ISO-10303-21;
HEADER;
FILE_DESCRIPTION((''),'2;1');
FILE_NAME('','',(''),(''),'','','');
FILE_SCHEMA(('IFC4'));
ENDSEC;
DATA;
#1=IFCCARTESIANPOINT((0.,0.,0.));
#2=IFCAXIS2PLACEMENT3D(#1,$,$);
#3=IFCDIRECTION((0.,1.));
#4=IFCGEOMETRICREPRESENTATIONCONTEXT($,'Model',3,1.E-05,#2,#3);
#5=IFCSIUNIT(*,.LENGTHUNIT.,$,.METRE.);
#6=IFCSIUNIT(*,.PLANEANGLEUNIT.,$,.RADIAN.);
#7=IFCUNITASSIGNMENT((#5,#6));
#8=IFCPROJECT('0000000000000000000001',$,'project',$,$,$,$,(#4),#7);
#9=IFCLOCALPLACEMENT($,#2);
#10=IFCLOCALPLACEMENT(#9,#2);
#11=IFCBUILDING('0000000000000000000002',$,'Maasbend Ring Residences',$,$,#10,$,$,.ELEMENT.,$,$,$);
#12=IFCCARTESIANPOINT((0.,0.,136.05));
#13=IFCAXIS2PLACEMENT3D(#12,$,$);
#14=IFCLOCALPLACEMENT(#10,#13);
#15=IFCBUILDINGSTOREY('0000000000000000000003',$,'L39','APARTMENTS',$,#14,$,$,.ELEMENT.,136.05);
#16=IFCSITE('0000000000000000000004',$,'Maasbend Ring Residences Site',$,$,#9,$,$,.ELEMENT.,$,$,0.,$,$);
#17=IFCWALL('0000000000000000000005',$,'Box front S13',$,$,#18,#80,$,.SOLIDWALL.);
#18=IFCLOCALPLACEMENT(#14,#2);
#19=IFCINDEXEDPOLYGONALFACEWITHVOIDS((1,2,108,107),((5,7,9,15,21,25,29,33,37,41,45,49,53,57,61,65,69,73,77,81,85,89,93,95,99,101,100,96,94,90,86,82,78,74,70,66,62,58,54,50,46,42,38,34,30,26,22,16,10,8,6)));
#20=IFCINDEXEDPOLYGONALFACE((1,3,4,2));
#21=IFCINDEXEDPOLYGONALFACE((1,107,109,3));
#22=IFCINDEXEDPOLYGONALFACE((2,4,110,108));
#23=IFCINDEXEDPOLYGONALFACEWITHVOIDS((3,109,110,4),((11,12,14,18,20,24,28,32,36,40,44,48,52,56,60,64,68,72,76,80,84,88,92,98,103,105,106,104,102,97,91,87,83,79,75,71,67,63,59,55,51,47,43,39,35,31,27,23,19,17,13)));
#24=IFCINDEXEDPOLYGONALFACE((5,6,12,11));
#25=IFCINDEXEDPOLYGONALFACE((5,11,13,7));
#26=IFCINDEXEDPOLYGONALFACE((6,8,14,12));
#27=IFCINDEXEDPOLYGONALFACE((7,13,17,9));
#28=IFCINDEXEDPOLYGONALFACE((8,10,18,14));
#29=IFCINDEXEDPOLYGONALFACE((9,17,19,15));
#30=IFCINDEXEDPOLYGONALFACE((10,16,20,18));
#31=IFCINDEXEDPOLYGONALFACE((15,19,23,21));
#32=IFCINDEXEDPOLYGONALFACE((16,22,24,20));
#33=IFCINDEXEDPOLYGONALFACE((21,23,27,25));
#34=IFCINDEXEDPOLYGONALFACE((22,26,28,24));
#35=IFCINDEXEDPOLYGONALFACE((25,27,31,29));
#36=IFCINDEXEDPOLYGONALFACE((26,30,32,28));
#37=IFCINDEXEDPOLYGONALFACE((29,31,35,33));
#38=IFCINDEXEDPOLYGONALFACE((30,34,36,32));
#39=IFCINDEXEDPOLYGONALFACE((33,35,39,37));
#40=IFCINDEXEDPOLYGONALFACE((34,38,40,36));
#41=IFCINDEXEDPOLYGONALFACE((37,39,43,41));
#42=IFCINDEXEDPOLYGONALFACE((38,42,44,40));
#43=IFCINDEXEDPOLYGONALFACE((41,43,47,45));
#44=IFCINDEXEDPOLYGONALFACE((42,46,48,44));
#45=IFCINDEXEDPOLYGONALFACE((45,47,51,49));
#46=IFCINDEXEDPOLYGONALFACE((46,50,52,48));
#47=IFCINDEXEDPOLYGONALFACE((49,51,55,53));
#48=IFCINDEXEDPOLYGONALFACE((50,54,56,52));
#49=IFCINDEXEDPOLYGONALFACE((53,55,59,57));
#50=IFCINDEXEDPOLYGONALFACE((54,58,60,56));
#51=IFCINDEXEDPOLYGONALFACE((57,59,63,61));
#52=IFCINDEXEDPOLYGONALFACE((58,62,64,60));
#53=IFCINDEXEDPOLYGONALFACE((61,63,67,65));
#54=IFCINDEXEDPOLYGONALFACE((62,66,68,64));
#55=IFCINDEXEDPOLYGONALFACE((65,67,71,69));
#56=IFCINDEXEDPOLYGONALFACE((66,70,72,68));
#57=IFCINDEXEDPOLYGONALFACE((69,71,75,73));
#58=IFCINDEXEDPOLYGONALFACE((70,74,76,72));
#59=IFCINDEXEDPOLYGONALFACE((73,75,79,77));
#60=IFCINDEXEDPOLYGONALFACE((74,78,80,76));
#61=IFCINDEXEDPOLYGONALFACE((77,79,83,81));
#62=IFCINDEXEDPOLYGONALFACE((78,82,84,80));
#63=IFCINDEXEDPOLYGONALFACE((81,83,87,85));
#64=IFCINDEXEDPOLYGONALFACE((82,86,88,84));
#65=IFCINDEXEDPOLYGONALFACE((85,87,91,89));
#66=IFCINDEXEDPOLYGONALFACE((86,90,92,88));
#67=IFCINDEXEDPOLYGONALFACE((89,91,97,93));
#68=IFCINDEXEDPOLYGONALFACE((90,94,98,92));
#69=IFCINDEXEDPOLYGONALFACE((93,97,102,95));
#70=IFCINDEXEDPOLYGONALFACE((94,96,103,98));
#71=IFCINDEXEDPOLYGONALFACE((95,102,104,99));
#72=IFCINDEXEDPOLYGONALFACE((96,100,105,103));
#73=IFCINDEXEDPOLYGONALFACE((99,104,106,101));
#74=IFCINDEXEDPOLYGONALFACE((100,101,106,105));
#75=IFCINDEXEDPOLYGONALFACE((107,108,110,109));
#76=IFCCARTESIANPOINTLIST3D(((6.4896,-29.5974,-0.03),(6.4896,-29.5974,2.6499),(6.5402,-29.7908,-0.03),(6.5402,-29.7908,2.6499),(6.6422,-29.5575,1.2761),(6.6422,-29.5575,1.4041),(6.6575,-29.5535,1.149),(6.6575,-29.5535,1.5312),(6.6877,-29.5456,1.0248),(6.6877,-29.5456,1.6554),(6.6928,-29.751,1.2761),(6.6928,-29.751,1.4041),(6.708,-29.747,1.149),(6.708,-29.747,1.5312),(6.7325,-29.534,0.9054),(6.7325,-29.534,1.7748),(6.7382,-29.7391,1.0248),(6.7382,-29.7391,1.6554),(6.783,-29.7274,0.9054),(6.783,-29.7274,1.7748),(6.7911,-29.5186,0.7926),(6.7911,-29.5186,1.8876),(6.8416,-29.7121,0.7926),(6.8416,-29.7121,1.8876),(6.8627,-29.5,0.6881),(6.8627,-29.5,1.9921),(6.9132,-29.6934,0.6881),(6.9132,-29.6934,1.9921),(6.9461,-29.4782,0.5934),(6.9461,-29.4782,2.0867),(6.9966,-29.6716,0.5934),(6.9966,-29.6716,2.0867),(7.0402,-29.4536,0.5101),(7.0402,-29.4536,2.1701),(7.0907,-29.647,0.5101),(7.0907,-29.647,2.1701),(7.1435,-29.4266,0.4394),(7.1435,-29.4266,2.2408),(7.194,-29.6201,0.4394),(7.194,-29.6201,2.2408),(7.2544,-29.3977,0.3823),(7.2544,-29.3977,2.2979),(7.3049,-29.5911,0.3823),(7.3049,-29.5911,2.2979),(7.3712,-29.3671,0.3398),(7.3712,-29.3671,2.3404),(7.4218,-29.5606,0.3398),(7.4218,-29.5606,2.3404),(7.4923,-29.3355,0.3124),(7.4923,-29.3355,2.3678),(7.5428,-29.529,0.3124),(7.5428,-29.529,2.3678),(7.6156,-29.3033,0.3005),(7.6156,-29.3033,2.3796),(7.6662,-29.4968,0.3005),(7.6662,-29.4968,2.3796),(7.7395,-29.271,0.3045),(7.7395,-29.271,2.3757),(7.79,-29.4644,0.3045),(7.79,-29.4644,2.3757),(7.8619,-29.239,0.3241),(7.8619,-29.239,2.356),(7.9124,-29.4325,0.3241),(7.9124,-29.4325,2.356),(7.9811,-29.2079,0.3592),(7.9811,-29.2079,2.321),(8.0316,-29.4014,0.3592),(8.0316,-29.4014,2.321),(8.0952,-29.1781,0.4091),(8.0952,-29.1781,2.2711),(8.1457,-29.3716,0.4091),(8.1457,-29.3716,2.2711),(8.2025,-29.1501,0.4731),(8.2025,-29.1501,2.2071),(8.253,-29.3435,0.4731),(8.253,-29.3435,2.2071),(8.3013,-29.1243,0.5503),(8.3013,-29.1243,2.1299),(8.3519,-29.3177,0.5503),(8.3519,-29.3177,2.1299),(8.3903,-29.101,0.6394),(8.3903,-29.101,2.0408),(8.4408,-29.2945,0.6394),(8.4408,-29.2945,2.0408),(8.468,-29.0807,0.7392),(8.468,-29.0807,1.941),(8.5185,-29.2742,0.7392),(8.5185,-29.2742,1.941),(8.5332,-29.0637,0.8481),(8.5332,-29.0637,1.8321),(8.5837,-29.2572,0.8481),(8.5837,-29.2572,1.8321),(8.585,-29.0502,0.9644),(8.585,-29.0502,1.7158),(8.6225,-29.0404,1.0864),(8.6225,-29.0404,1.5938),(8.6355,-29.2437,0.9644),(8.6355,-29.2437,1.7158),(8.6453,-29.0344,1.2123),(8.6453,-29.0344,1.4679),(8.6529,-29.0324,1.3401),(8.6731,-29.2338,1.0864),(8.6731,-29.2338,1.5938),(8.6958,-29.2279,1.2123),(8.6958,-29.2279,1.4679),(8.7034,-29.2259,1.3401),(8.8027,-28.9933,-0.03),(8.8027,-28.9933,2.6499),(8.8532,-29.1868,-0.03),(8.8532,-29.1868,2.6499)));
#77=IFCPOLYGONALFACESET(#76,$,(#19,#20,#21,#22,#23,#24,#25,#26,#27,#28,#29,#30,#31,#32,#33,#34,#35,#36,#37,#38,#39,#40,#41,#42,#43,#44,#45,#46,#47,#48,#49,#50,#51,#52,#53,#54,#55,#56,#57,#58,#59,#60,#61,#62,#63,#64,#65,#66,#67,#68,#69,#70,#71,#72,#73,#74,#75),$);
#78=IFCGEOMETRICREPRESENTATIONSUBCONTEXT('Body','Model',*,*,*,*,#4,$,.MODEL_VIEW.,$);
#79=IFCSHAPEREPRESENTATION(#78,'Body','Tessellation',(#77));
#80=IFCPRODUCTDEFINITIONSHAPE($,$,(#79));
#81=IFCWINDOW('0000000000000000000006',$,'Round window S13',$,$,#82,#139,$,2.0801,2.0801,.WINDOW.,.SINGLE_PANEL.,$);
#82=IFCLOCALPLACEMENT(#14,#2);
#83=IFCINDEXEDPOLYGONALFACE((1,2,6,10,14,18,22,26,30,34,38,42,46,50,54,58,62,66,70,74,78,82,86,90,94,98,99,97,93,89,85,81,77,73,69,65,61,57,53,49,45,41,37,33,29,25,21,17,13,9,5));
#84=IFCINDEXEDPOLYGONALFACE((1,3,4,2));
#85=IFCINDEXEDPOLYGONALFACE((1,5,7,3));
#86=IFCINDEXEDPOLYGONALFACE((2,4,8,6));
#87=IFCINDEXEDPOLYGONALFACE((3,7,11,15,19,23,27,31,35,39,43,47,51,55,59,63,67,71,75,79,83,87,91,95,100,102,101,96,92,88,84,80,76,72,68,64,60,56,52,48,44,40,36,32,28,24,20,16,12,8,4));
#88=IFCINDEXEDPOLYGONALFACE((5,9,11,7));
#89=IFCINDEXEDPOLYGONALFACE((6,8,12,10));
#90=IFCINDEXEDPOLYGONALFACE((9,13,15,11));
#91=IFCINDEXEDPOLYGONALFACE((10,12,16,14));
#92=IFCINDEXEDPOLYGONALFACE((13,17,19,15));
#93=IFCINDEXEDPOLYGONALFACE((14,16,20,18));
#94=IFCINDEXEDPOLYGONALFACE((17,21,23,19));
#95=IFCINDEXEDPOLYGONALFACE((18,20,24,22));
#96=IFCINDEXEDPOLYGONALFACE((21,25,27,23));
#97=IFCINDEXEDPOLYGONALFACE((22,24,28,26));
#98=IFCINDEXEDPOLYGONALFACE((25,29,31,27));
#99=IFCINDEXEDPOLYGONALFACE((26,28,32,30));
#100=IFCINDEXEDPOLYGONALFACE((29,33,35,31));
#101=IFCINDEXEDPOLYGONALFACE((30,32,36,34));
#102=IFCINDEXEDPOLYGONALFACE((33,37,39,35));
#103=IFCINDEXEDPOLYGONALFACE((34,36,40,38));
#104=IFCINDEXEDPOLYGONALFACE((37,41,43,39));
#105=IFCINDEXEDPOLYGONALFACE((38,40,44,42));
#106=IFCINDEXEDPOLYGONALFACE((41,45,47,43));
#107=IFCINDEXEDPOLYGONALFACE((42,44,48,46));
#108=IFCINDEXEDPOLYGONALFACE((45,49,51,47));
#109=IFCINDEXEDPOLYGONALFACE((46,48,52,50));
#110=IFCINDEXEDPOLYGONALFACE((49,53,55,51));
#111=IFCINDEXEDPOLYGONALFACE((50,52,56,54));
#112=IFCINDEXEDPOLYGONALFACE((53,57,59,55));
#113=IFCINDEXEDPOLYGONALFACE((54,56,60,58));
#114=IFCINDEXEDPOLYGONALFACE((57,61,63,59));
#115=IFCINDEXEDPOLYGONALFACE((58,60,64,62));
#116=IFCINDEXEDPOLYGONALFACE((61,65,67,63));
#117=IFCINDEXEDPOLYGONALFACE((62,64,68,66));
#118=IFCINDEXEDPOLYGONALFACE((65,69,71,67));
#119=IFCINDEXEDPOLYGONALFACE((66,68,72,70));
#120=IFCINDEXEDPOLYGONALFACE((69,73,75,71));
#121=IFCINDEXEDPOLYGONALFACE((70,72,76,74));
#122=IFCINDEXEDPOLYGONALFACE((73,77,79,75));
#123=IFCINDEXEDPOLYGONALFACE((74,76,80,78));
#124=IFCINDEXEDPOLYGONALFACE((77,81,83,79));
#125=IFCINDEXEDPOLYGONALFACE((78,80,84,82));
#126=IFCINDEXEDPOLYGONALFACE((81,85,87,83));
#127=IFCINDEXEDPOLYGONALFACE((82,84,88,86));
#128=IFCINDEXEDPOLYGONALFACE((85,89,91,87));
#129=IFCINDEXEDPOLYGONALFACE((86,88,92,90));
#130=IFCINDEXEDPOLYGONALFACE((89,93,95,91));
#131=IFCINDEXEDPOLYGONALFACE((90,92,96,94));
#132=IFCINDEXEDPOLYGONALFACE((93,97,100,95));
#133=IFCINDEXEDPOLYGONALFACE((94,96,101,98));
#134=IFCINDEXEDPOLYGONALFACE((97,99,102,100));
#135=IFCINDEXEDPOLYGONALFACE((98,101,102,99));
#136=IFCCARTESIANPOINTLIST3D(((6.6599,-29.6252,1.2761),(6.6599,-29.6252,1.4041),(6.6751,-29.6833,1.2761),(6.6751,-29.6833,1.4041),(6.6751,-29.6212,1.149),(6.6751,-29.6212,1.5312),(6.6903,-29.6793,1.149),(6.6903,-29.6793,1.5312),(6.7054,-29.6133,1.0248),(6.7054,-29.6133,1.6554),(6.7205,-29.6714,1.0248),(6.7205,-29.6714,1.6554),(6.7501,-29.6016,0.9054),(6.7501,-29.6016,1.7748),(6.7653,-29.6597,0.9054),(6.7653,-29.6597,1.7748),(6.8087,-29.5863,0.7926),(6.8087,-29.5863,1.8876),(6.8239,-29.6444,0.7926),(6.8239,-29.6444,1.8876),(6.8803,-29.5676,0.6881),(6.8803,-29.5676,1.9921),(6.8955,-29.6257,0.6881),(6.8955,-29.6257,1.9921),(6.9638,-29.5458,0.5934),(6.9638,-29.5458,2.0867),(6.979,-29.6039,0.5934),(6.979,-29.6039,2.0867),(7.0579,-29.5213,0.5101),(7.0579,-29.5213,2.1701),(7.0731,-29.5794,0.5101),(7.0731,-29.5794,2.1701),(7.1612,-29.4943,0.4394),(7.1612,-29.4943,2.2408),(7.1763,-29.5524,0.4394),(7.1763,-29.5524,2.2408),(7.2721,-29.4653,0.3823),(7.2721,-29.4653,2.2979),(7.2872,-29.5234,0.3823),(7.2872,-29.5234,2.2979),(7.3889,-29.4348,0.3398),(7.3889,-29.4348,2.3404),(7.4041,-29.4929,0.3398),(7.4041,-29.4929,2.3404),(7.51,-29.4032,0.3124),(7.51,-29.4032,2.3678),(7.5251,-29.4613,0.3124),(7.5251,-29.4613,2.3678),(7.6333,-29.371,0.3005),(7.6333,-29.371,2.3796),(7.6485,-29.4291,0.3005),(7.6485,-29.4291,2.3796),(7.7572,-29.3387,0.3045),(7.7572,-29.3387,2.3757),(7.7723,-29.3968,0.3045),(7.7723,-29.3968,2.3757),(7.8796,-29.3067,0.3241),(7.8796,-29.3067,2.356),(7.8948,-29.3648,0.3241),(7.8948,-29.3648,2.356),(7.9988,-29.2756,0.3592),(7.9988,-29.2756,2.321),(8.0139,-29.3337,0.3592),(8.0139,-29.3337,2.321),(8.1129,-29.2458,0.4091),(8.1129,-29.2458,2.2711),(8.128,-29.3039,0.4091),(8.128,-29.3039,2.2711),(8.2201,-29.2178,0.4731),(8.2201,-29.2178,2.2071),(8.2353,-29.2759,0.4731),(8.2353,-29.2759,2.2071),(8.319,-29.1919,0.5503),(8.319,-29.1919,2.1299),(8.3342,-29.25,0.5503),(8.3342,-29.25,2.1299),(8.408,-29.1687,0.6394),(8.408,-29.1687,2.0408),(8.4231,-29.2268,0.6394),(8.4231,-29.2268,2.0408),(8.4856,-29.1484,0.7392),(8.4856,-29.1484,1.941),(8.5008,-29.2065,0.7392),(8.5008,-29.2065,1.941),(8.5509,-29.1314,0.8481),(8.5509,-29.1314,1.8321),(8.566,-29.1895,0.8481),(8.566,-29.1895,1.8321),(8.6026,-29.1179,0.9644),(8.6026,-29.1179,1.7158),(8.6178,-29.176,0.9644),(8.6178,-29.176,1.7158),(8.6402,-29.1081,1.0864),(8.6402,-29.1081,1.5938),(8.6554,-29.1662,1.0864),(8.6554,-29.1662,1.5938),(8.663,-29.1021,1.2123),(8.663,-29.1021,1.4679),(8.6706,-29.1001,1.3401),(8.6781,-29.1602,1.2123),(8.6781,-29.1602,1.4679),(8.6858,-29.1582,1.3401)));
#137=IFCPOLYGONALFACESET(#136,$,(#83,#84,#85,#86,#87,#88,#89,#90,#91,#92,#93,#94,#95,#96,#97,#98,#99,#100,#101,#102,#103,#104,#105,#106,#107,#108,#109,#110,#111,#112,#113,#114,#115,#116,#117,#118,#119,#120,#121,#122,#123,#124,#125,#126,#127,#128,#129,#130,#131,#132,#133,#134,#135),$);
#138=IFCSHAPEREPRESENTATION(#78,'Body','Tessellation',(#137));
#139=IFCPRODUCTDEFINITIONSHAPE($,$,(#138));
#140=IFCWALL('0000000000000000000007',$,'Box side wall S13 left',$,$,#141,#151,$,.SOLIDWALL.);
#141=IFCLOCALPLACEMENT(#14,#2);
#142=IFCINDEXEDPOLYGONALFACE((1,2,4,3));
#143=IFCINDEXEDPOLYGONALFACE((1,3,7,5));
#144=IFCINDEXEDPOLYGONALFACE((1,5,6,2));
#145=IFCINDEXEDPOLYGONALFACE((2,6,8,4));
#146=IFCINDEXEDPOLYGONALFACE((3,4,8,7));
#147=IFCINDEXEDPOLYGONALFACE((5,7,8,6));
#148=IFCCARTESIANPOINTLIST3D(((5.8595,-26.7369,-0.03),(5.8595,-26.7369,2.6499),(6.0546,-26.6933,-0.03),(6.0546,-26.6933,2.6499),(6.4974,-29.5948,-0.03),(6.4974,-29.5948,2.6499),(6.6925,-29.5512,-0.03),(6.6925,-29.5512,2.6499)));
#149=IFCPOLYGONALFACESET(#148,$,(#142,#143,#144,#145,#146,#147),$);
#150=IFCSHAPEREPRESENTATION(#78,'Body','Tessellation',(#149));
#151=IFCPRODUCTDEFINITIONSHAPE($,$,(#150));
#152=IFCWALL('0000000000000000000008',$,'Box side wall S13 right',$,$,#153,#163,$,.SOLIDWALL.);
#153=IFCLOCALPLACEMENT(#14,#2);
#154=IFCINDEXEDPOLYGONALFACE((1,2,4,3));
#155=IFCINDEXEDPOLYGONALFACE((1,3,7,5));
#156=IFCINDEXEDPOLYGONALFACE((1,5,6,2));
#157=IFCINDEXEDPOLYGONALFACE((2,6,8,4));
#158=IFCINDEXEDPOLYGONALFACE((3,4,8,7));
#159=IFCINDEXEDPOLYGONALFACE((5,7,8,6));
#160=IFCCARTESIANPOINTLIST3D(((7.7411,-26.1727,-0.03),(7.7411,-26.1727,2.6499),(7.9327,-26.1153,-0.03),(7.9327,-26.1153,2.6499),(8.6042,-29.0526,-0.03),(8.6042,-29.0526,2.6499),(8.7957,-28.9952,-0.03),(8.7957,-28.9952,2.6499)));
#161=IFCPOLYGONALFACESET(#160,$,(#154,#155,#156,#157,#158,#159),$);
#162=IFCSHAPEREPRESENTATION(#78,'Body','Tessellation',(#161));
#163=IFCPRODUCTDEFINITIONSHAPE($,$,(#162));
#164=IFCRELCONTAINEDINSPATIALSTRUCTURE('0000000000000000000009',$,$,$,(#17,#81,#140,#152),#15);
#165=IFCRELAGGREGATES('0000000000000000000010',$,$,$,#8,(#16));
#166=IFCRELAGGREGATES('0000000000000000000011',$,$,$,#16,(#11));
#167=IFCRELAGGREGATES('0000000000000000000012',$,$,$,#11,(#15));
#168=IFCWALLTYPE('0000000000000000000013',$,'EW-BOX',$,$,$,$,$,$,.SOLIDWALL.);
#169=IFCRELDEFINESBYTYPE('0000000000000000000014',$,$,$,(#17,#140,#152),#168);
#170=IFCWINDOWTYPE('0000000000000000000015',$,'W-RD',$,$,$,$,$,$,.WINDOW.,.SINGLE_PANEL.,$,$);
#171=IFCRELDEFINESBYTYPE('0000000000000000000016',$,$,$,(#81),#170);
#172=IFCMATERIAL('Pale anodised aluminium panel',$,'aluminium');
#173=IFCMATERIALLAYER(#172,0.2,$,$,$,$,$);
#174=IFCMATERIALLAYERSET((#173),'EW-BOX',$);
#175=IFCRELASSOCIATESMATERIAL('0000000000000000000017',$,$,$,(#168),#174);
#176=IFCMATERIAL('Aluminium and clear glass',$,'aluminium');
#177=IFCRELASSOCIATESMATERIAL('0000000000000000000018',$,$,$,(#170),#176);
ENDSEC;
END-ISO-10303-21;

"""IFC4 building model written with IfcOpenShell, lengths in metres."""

from ifc_helpers import new_model, si_unit, direction, frame, frame_2d, origin, place, context, subcontext, project, spatial, rectangle, circle, extrude, material, layer, layer_set, type_object, element, fill, save


model = new_model("IFC4")

# Units and contexts
model_context = context("Model", 3, precision=1e-05, world=origin(), true_north=direction((0.0, 1.0)))
body_context = subcontext(model_context, "Body", "Model", "MODEL_VIEW")
ifc_project = project(units=[si_unit("LENGTHUNIT", "METRE"), si_unit("PLANEANGLEUNIT", "RADIAN")], contexts=[model_context])

# Site, building, storey
site_placement = place(None, origin())
site = spatial("IfcSite", under=ifc_project, at=site_placement, Name="Maasbend Ring Residences Site", CompositionType="ELEMENT", RefElevation=0.0)
building_placement = place(site_placement, origin())
building = spatial("IfcBuilding", under=site, at=building_placement, Name="Maasbend Ring Residences", CompositionType="ELEMENT")
storey_placement = place(building_placement, frame((0.0, 0.0, 136.05)))
storey = spatial("IfcBuildingStorey", under=building, at=storey_placement, Name="L39", Description="APARTMENTS", CompositionType="ELEMENT", Elevation=136.05)

# Shared definitions
ifc_material_1 = material(Name="Pale anodised aluminium panel", Category="aluminium")
ifc_layer_1 = layer(ifc_material_1, 0.2)
ifc_layer_set_1 = layer_set([ifc_layer_1], Name="EW-BOX")
wall_type_1 = type_object("IfcWallType", Name="EW-BOX", PredefinedType="SOLIDWALL", material=ifc_layer_set_1)

# Wall, opening, window
wall_1_placement = place(storey_placement, frame((6.5149, -29.6941, -0.03), z_axis=(0.0, 0.0, 1.0), x_axis=(0.967554, 0.252663, 0.0)))
wall_1 = element("IfcWall", 1, at=wall_1_placement, inside=storey, type_object=wall_type_1, Name="Box front S13", PredefinedType="SOLIDWALL", context=body_context, shape_type="SweptSolid", body=[
    extrude(rectangle(XDim=2.3906, YDim=0.2, at=frame_2d((1.1953, 0.0))), origin(), (0.0, 0.0, 1.0), 2.6799),
])
opening_1_placement = place(wall_1_placement, frame((0.1558, 0.0, 0.3301)))
opening_1 = element("IfcOpeningElement", 2, at=opening_1_placement, cuts=wall_1, PredefinedType="OPENING", context=body_context, shape_type="SweptSolid", body=[
    extrude(circle(Radius=1.04, at=frame_2d((1.04, 1.04))), frame((0.0, 0.1099, 0.0), z_axis=(0.0, -1.0, 0.0), x_axis=(1.0, 0.0, 0.0)), (0.0, 0.0, 1.0), 0.22),
])
ifc_material_2 = material(Name="Aluminium and clear glass", Category="aluminium")
window_type_1 = type_object("IfcWindowType", Name="W-RD", PartitioningType="SINGLE_PANEL", PredefinedType="WINDOW", material=ifc_material_2)
window_1_placement = place(opening_1_placement, origin())
window_1 = element("IfcWindow", 3, at=window_1_placement, inside=storey, type_object=window_type_1, Name="Round window S13", OverallHeight=2.0801, OverallWidth=2.0801, PartitioningType="SINGLE_PANEL", PredefinedType="WINDOW", context=body_context, shape_type="SweptSolid", body=[
    extrude(circle(Radius=1.04, at=frame_2d((1.04, 1.04))), frame((0.0, 0.03, 0.0), z_axis=(0.0, -1.0, 0.0), x_axis=(1.0, 0.0, 0.0)), (0.0, 0.0, 1.0), 0.0601),
])
fill(opening_1, window_1)

# Walls
wall_2_placement = place(storey_placement, frame((5.957, -26.7151, -0.03), z_axis=(0.0, 0.0, 1.0), x_axis=(0.217857, -0.975981, 0.0)))
element("IfcWall", 4, at=wall_2_placement, inside=storey, type_object=wall_type_1, Name="Box side wall S13 left", PredefinedType="SOLIDWALL", context=body_context, shape_type="SweptSolid", body=[
    extrude(rectangle(XDim=2.9282, YDim=0.2, at=frame_2d((1.4641, 0.0))), origin(), (0.0, 0.0, 1.0), 2.6799),
])
wall_3_placement = place(storey_placement, frame((7.8369, -26.144, -0.03), z_axis=(0.0, 0.0, 1.0), x_axis=(0.287065, -0.957911, 0.0)))
element("IfcWall", 5, at=wall_3_placement, inside=storey, type_object=wall_type_1, Name="Box side wall S13 right", PredefinedType="SOLIDWALL", context=body_context, shape_type="SweptSolid", body=[
    extrude(rectangle(XDim=3.0063, YDim=0.2, at=frame_2d((1.5032, 0.0))), origin(), (0.0, 0.0, 1.0), 2.6799),
])

save(model, "model.ifc")
